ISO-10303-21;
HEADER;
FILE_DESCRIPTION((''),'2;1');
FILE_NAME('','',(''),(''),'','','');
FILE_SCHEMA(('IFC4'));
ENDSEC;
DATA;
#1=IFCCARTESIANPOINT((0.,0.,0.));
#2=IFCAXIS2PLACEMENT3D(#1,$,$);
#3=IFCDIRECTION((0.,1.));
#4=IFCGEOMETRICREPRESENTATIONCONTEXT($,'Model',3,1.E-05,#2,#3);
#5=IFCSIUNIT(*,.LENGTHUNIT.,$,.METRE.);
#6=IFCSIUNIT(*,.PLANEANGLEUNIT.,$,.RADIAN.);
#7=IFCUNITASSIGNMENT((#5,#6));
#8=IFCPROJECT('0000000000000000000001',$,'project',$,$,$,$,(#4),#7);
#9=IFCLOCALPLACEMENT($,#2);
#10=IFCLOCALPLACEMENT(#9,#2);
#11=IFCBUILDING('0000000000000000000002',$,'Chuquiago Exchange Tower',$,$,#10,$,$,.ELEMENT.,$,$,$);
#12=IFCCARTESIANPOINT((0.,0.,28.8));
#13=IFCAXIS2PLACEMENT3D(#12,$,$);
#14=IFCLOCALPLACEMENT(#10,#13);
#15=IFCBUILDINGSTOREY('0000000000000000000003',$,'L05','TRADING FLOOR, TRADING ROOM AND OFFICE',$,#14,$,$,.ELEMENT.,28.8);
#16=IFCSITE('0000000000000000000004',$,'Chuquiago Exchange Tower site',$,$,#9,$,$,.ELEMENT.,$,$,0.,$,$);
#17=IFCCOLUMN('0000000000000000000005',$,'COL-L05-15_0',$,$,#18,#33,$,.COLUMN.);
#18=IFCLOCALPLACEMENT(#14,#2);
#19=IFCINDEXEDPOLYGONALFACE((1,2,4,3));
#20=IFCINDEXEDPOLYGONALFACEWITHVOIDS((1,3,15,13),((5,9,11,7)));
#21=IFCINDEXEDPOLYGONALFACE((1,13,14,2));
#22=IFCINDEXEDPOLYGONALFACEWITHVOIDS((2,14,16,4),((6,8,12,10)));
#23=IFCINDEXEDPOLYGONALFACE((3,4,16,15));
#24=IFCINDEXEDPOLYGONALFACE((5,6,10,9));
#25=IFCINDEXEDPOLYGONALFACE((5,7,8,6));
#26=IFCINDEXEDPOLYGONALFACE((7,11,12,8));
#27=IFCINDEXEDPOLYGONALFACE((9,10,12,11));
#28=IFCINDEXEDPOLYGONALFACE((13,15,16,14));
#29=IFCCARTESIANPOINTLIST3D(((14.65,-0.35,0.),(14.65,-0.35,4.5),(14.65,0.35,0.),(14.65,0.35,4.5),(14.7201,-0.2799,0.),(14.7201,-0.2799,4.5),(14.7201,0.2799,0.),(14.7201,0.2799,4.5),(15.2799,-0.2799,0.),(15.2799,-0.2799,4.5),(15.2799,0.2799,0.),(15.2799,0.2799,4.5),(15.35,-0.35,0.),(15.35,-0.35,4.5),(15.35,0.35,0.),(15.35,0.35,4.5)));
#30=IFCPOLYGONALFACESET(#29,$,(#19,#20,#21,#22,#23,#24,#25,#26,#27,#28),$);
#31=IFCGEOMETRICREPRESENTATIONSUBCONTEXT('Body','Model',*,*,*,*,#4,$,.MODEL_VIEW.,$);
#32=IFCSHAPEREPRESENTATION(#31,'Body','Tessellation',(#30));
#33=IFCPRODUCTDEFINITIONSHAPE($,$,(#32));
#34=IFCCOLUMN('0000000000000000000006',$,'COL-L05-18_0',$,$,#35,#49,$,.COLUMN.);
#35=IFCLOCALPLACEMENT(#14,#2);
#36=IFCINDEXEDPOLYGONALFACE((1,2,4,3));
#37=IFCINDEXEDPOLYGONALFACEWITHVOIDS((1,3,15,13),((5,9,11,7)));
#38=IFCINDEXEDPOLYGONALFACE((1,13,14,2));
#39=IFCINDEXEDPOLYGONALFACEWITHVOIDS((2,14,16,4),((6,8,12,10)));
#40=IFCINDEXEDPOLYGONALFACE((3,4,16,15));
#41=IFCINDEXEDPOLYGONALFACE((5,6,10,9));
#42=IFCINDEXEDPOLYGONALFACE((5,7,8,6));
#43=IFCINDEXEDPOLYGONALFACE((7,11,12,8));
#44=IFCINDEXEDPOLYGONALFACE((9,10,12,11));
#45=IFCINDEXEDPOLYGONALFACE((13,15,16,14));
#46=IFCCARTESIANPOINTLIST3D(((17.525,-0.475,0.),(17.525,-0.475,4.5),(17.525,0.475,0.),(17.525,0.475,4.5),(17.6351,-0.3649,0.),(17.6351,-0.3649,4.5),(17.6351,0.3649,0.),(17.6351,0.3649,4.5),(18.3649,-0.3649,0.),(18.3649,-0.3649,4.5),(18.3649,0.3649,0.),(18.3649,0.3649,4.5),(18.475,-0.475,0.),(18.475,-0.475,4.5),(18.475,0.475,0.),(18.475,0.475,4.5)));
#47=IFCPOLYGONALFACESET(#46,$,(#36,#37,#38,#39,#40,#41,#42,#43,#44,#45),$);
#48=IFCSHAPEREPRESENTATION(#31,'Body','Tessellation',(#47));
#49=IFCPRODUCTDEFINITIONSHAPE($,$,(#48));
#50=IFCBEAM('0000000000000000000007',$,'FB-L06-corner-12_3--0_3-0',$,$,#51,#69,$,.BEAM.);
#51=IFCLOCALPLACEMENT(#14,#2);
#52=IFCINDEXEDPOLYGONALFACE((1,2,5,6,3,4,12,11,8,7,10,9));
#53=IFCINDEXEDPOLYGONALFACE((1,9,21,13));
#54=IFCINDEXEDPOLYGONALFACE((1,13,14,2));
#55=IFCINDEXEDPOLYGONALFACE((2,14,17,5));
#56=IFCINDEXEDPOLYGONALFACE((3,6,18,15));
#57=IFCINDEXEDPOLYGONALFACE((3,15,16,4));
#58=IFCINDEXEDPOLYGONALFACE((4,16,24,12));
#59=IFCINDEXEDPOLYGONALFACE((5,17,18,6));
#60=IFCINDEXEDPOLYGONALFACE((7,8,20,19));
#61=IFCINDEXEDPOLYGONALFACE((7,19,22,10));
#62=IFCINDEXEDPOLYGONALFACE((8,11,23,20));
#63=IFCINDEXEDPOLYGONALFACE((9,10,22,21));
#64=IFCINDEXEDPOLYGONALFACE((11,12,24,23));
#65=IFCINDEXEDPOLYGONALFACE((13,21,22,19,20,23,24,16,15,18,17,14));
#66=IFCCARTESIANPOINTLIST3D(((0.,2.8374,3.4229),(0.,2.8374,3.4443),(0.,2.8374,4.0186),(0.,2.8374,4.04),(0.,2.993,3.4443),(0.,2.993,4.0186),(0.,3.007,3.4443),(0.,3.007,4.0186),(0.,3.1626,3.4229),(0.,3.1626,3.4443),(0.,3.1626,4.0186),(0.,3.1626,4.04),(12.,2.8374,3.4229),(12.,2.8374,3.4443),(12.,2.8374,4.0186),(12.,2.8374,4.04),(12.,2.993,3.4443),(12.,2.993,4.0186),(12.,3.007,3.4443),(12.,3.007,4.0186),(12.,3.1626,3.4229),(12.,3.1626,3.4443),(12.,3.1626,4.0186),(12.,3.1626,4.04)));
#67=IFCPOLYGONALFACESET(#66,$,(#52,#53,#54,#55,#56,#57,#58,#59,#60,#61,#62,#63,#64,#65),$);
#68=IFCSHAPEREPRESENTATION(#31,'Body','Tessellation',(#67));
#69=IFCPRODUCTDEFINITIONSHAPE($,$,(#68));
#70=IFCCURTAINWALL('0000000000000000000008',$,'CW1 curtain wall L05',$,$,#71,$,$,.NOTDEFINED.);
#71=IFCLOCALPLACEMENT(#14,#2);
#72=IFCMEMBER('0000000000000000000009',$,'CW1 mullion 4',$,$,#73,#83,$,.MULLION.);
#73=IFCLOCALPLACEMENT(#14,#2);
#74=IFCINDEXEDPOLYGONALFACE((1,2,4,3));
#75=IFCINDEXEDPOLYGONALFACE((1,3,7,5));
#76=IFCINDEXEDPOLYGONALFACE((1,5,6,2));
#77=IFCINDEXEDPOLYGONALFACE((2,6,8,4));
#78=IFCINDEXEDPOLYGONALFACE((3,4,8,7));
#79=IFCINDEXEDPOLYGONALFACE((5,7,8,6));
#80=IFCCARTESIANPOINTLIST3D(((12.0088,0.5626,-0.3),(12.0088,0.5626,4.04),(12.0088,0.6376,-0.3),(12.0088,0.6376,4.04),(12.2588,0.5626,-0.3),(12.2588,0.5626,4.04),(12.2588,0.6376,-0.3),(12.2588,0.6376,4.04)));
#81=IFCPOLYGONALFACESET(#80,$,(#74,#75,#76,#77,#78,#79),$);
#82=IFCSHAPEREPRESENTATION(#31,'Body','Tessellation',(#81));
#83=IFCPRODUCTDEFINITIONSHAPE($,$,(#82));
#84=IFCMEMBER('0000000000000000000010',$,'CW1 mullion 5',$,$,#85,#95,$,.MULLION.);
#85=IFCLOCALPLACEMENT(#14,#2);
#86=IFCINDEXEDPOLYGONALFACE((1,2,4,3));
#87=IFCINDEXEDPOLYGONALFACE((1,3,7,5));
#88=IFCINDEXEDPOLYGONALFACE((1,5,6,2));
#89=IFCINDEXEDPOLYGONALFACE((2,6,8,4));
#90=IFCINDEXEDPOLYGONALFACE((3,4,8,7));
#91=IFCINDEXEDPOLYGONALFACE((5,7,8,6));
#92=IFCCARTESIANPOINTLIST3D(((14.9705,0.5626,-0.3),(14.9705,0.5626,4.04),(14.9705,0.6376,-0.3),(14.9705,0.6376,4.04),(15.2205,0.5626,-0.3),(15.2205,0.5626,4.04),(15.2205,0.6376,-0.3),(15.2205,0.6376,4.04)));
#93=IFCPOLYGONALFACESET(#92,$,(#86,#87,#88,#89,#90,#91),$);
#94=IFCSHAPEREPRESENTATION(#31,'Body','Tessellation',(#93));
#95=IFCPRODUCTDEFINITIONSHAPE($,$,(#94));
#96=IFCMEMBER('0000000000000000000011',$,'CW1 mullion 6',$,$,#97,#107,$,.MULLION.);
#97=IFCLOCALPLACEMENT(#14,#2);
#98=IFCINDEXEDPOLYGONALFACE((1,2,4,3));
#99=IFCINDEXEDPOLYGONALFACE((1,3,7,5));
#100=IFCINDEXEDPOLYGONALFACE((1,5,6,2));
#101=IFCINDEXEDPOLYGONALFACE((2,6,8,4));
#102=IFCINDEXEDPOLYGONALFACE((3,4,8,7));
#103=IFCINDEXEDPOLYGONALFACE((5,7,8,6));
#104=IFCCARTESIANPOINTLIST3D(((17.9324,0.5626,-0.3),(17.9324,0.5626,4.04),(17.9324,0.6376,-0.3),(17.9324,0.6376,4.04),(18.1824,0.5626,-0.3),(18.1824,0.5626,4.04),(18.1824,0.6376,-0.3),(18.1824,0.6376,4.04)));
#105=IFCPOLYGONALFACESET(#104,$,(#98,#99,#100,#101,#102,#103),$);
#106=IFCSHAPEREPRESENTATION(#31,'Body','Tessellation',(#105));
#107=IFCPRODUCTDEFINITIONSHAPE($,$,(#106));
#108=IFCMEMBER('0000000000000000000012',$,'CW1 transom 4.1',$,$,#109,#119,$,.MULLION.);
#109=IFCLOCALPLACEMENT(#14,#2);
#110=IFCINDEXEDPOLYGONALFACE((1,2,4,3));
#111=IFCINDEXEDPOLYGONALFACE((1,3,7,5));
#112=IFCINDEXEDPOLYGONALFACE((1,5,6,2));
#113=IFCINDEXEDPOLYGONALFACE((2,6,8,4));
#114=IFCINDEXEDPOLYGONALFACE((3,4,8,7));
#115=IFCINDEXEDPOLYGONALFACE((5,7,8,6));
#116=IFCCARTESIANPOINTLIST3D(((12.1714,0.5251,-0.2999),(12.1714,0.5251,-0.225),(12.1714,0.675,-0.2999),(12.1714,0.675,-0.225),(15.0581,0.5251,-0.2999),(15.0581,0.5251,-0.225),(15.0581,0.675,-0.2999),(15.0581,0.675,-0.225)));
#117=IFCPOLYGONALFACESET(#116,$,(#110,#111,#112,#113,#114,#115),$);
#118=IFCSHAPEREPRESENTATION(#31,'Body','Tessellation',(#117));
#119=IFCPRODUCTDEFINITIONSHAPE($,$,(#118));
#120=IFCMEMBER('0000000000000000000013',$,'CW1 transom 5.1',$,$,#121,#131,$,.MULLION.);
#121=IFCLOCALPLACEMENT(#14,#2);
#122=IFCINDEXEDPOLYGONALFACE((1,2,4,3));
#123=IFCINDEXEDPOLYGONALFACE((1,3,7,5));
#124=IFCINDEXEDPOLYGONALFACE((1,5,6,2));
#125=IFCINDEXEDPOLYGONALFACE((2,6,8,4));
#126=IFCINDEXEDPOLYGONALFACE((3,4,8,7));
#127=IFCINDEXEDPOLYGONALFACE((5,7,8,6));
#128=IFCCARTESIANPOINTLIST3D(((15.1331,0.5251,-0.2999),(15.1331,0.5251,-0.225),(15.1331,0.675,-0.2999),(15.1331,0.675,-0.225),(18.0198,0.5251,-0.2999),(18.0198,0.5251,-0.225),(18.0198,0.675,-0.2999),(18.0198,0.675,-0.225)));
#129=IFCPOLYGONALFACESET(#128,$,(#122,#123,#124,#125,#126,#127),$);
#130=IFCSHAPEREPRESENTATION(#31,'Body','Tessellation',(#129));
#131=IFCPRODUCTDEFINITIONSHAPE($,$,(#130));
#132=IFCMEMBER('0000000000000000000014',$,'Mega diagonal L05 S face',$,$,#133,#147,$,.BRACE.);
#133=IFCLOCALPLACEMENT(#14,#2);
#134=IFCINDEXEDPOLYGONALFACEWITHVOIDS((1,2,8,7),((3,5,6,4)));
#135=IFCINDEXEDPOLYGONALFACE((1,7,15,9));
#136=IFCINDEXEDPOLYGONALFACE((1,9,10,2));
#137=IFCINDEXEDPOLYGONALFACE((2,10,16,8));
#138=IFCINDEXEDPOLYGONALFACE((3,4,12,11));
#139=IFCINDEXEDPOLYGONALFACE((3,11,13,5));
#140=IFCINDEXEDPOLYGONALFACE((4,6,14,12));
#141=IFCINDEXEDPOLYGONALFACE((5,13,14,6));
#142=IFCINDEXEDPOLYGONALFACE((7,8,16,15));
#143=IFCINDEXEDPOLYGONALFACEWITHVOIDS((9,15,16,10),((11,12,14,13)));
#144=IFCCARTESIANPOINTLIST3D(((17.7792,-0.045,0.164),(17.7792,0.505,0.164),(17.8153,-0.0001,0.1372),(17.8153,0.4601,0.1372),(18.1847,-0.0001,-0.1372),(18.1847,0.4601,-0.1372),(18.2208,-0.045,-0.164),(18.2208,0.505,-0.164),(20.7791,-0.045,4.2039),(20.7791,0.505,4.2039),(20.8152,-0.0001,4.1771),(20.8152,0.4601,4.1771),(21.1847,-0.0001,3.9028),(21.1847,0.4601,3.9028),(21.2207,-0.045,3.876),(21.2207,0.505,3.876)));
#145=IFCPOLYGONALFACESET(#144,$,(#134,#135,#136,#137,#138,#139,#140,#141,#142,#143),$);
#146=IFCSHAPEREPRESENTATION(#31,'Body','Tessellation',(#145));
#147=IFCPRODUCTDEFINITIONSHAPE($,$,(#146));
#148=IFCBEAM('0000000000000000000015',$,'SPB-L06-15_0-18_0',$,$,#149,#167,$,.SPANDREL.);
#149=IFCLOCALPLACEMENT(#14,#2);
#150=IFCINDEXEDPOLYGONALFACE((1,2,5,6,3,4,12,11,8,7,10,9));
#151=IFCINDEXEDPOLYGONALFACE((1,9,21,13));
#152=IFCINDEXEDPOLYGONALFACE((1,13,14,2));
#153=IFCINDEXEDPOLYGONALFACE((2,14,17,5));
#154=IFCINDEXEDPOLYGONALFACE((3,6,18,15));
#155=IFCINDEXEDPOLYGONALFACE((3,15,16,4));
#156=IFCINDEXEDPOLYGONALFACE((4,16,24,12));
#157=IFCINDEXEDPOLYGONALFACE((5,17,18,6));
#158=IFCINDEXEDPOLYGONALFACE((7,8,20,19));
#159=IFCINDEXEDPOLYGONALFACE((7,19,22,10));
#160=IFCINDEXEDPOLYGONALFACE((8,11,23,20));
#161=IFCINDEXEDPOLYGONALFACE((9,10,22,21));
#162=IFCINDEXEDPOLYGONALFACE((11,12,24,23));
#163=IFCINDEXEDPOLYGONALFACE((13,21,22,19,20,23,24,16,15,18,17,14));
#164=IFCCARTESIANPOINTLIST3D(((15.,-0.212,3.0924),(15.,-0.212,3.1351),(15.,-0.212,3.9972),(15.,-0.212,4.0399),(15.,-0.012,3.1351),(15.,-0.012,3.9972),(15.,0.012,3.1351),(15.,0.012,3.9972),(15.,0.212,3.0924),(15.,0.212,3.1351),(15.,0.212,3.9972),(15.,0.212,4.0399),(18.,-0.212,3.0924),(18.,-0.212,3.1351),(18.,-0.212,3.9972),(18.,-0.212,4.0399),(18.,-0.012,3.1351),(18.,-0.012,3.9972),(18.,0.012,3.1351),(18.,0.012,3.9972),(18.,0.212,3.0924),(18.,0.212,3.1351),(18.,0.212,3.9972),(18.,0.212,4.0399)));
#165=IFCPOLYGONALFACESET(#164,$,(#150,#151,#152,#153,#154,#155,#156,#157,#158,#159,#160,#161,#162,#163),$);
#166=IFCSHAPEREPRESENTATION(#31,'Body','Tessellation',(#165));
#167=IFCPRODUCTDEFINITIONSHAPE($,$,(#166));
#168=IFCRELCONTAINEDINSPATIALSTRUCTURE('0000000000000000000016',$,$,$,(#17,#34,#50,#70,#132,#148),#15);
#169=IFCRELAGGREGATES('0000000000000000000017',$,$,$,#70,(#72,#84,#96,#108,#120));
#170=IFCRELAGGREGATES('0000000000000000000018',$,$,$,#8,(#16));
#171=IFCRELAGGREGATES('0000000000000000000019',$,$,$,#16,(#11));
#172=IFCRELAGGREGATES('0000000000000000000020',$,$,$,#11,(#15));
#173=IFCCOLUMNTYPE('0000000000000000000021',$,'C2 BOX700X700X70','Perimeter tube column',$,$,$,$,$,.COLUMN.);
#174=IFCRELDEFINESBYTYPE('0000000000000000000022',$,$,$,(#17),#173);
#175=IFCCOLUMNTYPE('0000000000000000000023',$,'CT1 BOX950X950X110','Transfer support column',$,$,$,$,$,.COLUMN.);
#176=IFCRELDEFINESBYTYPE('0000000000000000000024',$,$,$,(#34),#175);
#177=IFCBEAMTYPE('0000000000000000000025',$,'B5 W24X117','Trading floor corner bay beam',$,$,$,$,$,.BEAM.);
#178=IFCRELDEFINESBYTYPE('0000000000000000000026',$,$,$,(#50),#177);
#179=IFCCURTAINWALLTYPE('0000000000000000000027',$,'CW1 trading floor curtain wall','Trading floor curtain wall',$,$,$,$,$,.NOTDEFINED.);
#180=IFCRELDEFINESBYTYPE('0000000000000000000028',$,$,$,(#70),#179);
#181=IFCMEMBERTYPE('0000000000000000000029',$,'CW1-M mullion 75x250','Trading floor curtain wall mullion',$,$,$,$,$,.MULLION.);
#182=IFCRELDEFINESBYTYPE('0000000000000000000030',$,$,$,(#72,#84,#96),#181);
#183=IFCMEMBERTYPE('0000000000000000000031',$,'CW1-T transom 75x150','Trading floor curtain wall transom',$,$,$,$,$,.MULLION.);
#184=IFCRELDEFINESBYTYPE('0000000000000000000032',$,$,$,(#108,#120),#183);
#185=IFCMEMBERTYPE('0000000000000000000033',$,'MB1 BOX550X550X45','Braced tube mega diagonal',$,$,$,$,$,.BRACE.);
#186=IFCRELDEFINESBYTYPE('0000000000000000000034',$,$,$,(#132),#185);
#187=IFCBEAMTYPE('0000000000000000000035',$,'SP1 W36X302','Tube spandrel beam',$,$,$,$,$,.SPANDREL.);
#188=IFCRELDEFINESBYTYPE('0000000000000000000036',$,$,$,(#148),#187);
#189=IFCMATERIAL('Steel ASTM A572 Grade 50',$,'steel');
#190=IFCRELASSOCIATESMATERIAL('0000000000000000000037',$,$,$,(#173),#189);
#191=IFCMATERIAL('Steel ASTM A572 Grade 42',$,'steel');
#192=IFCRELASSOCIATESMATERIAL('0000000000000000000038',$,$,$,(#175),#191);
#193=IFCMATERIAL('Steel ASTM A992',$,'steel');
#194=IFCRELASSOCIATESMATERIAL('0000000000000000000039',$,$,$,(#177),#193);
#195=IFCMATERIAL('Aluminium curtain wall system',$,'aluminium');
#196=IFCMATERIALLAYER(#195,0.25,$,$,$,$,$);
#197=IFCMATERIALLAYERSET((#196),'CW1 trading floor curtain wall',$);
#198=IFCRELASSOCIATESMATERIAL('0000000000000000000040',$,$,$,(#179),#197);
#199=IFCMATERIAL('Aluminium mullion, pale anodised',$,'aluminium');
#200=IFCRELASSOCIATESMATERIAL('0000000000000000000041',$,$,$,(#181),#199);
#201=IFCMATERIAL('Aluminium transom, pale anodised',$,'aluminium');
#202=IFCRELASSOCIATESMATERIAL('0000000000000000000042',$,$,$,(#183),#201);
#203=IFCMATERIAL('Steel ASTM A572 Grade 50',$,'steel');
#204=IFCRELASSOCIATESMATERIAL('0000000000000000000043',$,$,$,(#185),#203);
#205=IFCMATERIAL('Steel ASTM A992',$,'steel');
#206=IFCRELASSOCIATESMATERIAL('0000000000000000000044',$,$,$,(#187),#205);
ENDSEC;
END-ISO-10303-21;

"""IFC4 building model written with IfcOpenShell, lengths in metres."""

from ifc_helpers import new_model, si_unit, direction, frame, origin, origin_2d, place, context, subcontext, project, spatial, rectangle, hollow_rectangle, i_section, extrude, material, layer, layer_set, material_profile, profile_set, type_object, element, aggregate, save


model = new_model("IFC4")

# Units and contexts
model_context = context("Model", 3, precision=1e-05, world=origin(), true_north=direction((0.0, 1.0)))
body_context = subcontext(model_context, "Body", "Model", "MODEL_VIEW")
ifc_project = project(units=[si_unit("LENGTHUNIT", "METRE"), si_unit("PLANEANGLEUNIT", "RADIAN")], contexts=[model_context])

# Site, building, storey
site_placement = place(None, origin())
site = spatial("IfcSite", under=ifc_project, at=site_placement, Name="Chuquiago Exchange Tower site", CompositionType="ELEMENT", RefElevation=0.0)
building_placement = place(site_placement, origin())
building = spatial("IfcBuilding", under=site, at=building_placement, Name="Chuquiago Exchange Tower", CompositionType="ELEMENT")
storey_placement = place(building_placement, frame((0.0, 0.0, 28.8)))
storey = spatial("IfcBuildingStorey", under=building, at=storey_placement, Name="L05", Description="TRADING FLOOR, TRADING ROOM AND OFFICE", CompositionType="ELEMENT", Elevation=28.8)

# Columns
ifc_material_1 = material(Name="Steel ASTM A572 Grade 50", Category="steel")
ifc_material_profile_1 = material_profile(ifc_material_1, hollow_rectangle(XDim=0.7, YDim=0.7, WallThickness=0.0701, at=origin_2d()), Name="BOX700X700X70")
ifc_profile_set_1 = profile_set([ifc_material_profile_1], Name="Steel ASTM A572 Grade 50")
column_type_1 = type_object("IfcColumnType", Name="C2 BOX700X700X70", Description="Perimeter tube column", PredefinedType="COLUMN", material=ifc_profile_set_1)
column_1_placement = place(storey_placement, frame((15.0, 0.0, 0.0), z_axis=(0.0, 0.0, 1.0), x_axis=(0.0, -1.0, 0.0)))
element("IfcColumn", 1, at=column_1_placement, inside=storey, type_object=column_type_1, Name="COL-L05-15_0", PredefinedType="COLUMN", context=body_context, shape_type="SweptSolid", body=[
    extrude(hollow_rectangle(XDim=0.7, YDim=0.7, WallThickness=0.0701, at=origin_2d()), origin(), (0.0, 0.0, 1.0), 4.5),
])
ifc_material_2 = material(Name="Steel ASTM A572 Grade 42", Category="steel")
ifc_material_profile_2 = material_profile(ifc_material_2, hollow_rectangle(XDim=0.95, YDim=0.95, WallThickness=0.1101, at=origin_2d()), Name="BOX950X950X110")
ifc_profile_set_2 = profile_set([ifc_material_profile_2], Name="Steel ASTM A572 Grade 42")
column_type_2 = type_object("IfcColumnType", Name="CT1 BOX950X950X110", Description="Transfer support column", PredefinedType="COLUMN", material=ifc_profile_set_2)
column_2_placement = place(storey_placement, frame((18.0, 0.0, 0.0), z_axis=(0.0, 0.0, 1.0), x_axis=(0.0, -1.0, 0.0)))
element("IfcColumn", 2, at=column_2_placement, inside=storey, type_object=column_type_2, Name="COL-L05-18_0", PredefinedType="COLUMN", context=body_context, shape_type="SweptSolid", body=[
    extrude(hollow_rectangle(XDim=0.95, YDim=0.95, WallThickness=0.1101, at=origin_2d()), origin(), (0.0, 0.0, 1.0), 4.5),
])

# Beam
ifc_material_3 = material(Name="Steel ASTM A992", Category="steel")
ifc_material_profile_3 = material_profile(ifc_material_3, i_section(OverallWidth=0.3252, OverallDepth=0.6172, WebThickness=0.0139, FlangeThickness=0.0215, at=origin_2d()), Name="W24X117")
ifc_profile_set_3 = profile_set([ifc_material_profile_3], Name="Steel ASTM A992")
beam_type_1 = type_object("IfcBeamType", Name="B5 W24X117", Description="Trading floor corner bay beam", PredefinedType="BEAM", material=ifc_profile_set_3)
beam_placement = place(storey_placement, frame((12.0, 3.0, 3.7314), z_axis=(-1.0, 0.0, 0.0), x_axis=(0.0, -1.0, 0.0)))
element("IfcBeam", 3, at=beam_placement, inside=storey, type_object=beam_type_1, Name="FB-L06-corner-12_3--0_3-0", PredefinedType="BEAM", context=body_context, shape_type="SweptSolid", body=[
    extrude(i_section(OverallWidth=0.3252, OverallDepth=0.6172, WebThickness=0.0139, FlangeThickness=0.0215, at=origin_2d()), origin(), (0.0, 0.0, 1.0), 12.0),
])

# Curtain wall, members
ifc_material_4 = material(Name="Aluminium curtain wall system", Category="aluminium")
ifc_layer_1 = layer(ifc_material_4, 0.25)
ifc_layer_set_1 = layer_set([ifc_layer_1], Name="CW1 trading floor curtain wall")
curtain_wall_type = type_object("IfcCurtainWallType", Name="CW1 trading floor curtain wall", Description="Trading floor curtain wall", PredefinedType="NOTDEFINED", material=ifc_layer_set_1)
curtain_wall_placement = place(storey_placement, origin())
curtain_wall = element("IfcCurtainWall", 4, at=curtain_wall_placement, inside=storey, type_object=curtain_wall_type, Name="CW1 curtain wall L05", PredefinedType="NOTDEFINED")
ifc_material_5 = material(Name="Aluminium mullion, pale anodised", Category="aluminium")
ifc_material_profile_4 = material_profile(ifc_material_5, rectangle(XDim=0.075, YDim=0.25, at=origin_2d()), Name="AL 75x250")
ifc_profile_set_4 = profile_set([ifc_material_profile_4], Name="Aluminium mullion, pale anodised")
member_type_1 = type_object("IfcMemberType", Name="CW1-M mullion 75x250", Description="Trading floor curtain wall mullion", PredefinedType="MULLION", material=ifc_profile_set_4)
member_1_placement = place(storey_placement, frame((12.1338, 0.6001, -0.3), z_axis=(0.0, 0.0, 1.0), x_axis=(0.0, 1.0, 0.0)))
member_1 = element("IfcMember", 5, at=member_1_placement, type_object=member_type_1, Name="CW1 mullion 4", PredefinedType="MULLION", context=body_context, shape_type="SweptSolid", body=[
    extrude(rectangle(XDim=0.075, YDim=0.25, at=origin_2d()), origin(), (0.0, 0.0, 1.0), 4.3401),
])
member_2_placement = place(storey_placement, frame((15.0955, 0.6001, -0.3), z_axis=(0.0, 0.0, 1.0), x_axis=(0.0, 1.0, 0.0)))
member_2 = element("IfcMember", 6, at=member_2_placement, type_object=member_type_1, Name="CW1 mullion 5", PredefinedType="MULLION", context=body_context, shape_type="SweptSolid", body=[
    extrude(rectangle(XDim=0.075, YDim=0.25, at=origin_2d()), origin(), (0.0, 0.0, 1.0), 4.3401),
])
member_3_placement = place(storey_placement, frame((18.0574, 0.6001, -0.3), z_axis=(0.0, 0.0, 1.0), x_axis=(0.0, 1.0, 0.0)))
member_3 = element("IfcMember", 7, at=member_3_placement, type_object=member_type_1, Name="CW1 mullion 6", PredefinedType="MULLION", context=body_context, shape_type="SweptSolid", body=[
    extrude(rectangle(XDim=0.075, YDim=0.25, at=origin_2d()), origin(), (0.0, 0.0, 1.0), 4.3401),
])
ifc_material_6 = material(Name="Aluminium transom, pale anodised", Category="aluminium")
ifc_material_profile_5 = material_profile(ifc_material_6, rectangle(XDim=0.1499, YDim=0.075, at=origin_2d()), Name="AL 150x75")
ifc_profile_set_5 = profile_set([ifc_material_profile_5], Name="Aluminium transom, pale anodised")
member_type_2 = type_object("IfcMemberType", Name="CW1-T transom 75x150", Description="Trading floor curtain wall transom", PredefinedType="MULLION", material=ifc_profile_set_5)
member_4_placement = place(storey_placement, frame((12.1714, 0.6001, -0.2625), z_axis=(1.0, 0.0, 0.0), x_axis=(0.0, 1.0, 0.0)))
member_4 = element("IfcMember", 8, at=member_4_placement, type_object=member_type_2, Name="CW1 transom 4.1", PredefinedType="MULLION", context=body_context, shape_type="SweptSolid", body=[
    extrude(rectangle(XDim=0.1499, YDim=0.075, at=origin_2d()), origin(), (0.0, 0.0, 1.0), 2.8867),
])
member_5_placement = place(storey_placement, frame((15.1331, 0.6001, -0.2625), z_axis=(1.0, 0.0, 0.0), x_axis=(0.0, 1.0, 0.0)))
member_5 = element("IfcMember", 9, at=member_5_placement, type_object=member_type_2, Name="CW1 transom 5.1", PredefinedType="MULLION", context=body_context, shape_type="SweptSolid", body=[
    extrude(rectangle(XDim=0.1499, YDim=0.075, at=origin_2d()), origin(), (0.0, 0.0, 1.0), 2.8867),
])

# Member
ifc_material_7 = material(Name="Steel ASTM A572 Grade 50", Category="steel")
ifc_material_profile_6 = material_profile(ifc_material_7, hollow_rectangle(XDim=0.55, YDim=0.55, WallThickness=0.0449, at=origin_2d()), Name="BOX550X550X45")
ifc_profile_set_6 = profile_set([ifc_material_profile_6], Name="Steel ASTM A572 Grade 50")
member_type_3 = type_object("IfcMemberType", Name="MB1 BOX550X550X45", Description="Braced tube mega diagonal", PredefinedType="BRACE", material=ifc_profile_set_6)
member_6_placement = place(storey_placement, frame((18.0, 0.23, 0.0), z_axis=(0.596174, 0.0, 0.802855), x_axis=(0.0, 1.0, 0.0)))
element("IfcMember", 10, at=member_6_placement, inside=storey, type_object=member_type_3, Name="Mega diagonal L05 S face", PredefinedType="BRACE", context=body_context, shape_type="SweptSolid", body=[
    extrude(hollow_rectangle(XDim=0.55, YDim=0.55, WallThickness=0.0449, at=origin_2d()), origin(), (0.0, 0.0, 1.0), 5.032),
])

# Beam
ifc_material_8 = material(Name="Steel ASTM A992", Category="steel")
ifc_material_profile_7 = material_profile(ifc_material_8, i_section(OverallWidth=0.4241, OverallDepth=0.9475, WebThickness=0.0239, FlangeThickness=0.0427, at=origin_2d()), Name="W36X302")
ifc_profile_set_7 = profile_set([ifc_material_profile_7], Name="Steel ASTM A992")
beam_type_2 = type_object("IfcBeamType", Name="SP1 W36X302", Description="Tube spandrel beam", PredefinedType="SPANDREL", material=ifc_profile_set_7)
for number, where, z_axis, x_axis, name in (
    (11, (15.0, 0.0, 3.5662), (1.0, 0.0, 0.0), (0.0, 1.0, 0.0), "SPB-L06-15_0-18_0"),
):
    element("IfcBeam", number, at=place(storey_placement, frame(where, z_axis=z_axis, x_axis=x_axis)), inside=storey, type_object=beam_type_2, Name=name, PredefinedType="SPANDREL", context=body_context, shape_type="SweptSolid", body=[
        extrude(i_section(OverallWidth=0.4241, OverallDepth=0.9475, WebThickness=0.0239, FlangeThickness=0.0427, at=origin_2d()), origin(), (0.0, 0.0, 1.0), 3.0),
    ])

aggregate(curtain_wall, [member_1, member_2, member_3, member_4, member_5])

save(model, "model.ifc")
